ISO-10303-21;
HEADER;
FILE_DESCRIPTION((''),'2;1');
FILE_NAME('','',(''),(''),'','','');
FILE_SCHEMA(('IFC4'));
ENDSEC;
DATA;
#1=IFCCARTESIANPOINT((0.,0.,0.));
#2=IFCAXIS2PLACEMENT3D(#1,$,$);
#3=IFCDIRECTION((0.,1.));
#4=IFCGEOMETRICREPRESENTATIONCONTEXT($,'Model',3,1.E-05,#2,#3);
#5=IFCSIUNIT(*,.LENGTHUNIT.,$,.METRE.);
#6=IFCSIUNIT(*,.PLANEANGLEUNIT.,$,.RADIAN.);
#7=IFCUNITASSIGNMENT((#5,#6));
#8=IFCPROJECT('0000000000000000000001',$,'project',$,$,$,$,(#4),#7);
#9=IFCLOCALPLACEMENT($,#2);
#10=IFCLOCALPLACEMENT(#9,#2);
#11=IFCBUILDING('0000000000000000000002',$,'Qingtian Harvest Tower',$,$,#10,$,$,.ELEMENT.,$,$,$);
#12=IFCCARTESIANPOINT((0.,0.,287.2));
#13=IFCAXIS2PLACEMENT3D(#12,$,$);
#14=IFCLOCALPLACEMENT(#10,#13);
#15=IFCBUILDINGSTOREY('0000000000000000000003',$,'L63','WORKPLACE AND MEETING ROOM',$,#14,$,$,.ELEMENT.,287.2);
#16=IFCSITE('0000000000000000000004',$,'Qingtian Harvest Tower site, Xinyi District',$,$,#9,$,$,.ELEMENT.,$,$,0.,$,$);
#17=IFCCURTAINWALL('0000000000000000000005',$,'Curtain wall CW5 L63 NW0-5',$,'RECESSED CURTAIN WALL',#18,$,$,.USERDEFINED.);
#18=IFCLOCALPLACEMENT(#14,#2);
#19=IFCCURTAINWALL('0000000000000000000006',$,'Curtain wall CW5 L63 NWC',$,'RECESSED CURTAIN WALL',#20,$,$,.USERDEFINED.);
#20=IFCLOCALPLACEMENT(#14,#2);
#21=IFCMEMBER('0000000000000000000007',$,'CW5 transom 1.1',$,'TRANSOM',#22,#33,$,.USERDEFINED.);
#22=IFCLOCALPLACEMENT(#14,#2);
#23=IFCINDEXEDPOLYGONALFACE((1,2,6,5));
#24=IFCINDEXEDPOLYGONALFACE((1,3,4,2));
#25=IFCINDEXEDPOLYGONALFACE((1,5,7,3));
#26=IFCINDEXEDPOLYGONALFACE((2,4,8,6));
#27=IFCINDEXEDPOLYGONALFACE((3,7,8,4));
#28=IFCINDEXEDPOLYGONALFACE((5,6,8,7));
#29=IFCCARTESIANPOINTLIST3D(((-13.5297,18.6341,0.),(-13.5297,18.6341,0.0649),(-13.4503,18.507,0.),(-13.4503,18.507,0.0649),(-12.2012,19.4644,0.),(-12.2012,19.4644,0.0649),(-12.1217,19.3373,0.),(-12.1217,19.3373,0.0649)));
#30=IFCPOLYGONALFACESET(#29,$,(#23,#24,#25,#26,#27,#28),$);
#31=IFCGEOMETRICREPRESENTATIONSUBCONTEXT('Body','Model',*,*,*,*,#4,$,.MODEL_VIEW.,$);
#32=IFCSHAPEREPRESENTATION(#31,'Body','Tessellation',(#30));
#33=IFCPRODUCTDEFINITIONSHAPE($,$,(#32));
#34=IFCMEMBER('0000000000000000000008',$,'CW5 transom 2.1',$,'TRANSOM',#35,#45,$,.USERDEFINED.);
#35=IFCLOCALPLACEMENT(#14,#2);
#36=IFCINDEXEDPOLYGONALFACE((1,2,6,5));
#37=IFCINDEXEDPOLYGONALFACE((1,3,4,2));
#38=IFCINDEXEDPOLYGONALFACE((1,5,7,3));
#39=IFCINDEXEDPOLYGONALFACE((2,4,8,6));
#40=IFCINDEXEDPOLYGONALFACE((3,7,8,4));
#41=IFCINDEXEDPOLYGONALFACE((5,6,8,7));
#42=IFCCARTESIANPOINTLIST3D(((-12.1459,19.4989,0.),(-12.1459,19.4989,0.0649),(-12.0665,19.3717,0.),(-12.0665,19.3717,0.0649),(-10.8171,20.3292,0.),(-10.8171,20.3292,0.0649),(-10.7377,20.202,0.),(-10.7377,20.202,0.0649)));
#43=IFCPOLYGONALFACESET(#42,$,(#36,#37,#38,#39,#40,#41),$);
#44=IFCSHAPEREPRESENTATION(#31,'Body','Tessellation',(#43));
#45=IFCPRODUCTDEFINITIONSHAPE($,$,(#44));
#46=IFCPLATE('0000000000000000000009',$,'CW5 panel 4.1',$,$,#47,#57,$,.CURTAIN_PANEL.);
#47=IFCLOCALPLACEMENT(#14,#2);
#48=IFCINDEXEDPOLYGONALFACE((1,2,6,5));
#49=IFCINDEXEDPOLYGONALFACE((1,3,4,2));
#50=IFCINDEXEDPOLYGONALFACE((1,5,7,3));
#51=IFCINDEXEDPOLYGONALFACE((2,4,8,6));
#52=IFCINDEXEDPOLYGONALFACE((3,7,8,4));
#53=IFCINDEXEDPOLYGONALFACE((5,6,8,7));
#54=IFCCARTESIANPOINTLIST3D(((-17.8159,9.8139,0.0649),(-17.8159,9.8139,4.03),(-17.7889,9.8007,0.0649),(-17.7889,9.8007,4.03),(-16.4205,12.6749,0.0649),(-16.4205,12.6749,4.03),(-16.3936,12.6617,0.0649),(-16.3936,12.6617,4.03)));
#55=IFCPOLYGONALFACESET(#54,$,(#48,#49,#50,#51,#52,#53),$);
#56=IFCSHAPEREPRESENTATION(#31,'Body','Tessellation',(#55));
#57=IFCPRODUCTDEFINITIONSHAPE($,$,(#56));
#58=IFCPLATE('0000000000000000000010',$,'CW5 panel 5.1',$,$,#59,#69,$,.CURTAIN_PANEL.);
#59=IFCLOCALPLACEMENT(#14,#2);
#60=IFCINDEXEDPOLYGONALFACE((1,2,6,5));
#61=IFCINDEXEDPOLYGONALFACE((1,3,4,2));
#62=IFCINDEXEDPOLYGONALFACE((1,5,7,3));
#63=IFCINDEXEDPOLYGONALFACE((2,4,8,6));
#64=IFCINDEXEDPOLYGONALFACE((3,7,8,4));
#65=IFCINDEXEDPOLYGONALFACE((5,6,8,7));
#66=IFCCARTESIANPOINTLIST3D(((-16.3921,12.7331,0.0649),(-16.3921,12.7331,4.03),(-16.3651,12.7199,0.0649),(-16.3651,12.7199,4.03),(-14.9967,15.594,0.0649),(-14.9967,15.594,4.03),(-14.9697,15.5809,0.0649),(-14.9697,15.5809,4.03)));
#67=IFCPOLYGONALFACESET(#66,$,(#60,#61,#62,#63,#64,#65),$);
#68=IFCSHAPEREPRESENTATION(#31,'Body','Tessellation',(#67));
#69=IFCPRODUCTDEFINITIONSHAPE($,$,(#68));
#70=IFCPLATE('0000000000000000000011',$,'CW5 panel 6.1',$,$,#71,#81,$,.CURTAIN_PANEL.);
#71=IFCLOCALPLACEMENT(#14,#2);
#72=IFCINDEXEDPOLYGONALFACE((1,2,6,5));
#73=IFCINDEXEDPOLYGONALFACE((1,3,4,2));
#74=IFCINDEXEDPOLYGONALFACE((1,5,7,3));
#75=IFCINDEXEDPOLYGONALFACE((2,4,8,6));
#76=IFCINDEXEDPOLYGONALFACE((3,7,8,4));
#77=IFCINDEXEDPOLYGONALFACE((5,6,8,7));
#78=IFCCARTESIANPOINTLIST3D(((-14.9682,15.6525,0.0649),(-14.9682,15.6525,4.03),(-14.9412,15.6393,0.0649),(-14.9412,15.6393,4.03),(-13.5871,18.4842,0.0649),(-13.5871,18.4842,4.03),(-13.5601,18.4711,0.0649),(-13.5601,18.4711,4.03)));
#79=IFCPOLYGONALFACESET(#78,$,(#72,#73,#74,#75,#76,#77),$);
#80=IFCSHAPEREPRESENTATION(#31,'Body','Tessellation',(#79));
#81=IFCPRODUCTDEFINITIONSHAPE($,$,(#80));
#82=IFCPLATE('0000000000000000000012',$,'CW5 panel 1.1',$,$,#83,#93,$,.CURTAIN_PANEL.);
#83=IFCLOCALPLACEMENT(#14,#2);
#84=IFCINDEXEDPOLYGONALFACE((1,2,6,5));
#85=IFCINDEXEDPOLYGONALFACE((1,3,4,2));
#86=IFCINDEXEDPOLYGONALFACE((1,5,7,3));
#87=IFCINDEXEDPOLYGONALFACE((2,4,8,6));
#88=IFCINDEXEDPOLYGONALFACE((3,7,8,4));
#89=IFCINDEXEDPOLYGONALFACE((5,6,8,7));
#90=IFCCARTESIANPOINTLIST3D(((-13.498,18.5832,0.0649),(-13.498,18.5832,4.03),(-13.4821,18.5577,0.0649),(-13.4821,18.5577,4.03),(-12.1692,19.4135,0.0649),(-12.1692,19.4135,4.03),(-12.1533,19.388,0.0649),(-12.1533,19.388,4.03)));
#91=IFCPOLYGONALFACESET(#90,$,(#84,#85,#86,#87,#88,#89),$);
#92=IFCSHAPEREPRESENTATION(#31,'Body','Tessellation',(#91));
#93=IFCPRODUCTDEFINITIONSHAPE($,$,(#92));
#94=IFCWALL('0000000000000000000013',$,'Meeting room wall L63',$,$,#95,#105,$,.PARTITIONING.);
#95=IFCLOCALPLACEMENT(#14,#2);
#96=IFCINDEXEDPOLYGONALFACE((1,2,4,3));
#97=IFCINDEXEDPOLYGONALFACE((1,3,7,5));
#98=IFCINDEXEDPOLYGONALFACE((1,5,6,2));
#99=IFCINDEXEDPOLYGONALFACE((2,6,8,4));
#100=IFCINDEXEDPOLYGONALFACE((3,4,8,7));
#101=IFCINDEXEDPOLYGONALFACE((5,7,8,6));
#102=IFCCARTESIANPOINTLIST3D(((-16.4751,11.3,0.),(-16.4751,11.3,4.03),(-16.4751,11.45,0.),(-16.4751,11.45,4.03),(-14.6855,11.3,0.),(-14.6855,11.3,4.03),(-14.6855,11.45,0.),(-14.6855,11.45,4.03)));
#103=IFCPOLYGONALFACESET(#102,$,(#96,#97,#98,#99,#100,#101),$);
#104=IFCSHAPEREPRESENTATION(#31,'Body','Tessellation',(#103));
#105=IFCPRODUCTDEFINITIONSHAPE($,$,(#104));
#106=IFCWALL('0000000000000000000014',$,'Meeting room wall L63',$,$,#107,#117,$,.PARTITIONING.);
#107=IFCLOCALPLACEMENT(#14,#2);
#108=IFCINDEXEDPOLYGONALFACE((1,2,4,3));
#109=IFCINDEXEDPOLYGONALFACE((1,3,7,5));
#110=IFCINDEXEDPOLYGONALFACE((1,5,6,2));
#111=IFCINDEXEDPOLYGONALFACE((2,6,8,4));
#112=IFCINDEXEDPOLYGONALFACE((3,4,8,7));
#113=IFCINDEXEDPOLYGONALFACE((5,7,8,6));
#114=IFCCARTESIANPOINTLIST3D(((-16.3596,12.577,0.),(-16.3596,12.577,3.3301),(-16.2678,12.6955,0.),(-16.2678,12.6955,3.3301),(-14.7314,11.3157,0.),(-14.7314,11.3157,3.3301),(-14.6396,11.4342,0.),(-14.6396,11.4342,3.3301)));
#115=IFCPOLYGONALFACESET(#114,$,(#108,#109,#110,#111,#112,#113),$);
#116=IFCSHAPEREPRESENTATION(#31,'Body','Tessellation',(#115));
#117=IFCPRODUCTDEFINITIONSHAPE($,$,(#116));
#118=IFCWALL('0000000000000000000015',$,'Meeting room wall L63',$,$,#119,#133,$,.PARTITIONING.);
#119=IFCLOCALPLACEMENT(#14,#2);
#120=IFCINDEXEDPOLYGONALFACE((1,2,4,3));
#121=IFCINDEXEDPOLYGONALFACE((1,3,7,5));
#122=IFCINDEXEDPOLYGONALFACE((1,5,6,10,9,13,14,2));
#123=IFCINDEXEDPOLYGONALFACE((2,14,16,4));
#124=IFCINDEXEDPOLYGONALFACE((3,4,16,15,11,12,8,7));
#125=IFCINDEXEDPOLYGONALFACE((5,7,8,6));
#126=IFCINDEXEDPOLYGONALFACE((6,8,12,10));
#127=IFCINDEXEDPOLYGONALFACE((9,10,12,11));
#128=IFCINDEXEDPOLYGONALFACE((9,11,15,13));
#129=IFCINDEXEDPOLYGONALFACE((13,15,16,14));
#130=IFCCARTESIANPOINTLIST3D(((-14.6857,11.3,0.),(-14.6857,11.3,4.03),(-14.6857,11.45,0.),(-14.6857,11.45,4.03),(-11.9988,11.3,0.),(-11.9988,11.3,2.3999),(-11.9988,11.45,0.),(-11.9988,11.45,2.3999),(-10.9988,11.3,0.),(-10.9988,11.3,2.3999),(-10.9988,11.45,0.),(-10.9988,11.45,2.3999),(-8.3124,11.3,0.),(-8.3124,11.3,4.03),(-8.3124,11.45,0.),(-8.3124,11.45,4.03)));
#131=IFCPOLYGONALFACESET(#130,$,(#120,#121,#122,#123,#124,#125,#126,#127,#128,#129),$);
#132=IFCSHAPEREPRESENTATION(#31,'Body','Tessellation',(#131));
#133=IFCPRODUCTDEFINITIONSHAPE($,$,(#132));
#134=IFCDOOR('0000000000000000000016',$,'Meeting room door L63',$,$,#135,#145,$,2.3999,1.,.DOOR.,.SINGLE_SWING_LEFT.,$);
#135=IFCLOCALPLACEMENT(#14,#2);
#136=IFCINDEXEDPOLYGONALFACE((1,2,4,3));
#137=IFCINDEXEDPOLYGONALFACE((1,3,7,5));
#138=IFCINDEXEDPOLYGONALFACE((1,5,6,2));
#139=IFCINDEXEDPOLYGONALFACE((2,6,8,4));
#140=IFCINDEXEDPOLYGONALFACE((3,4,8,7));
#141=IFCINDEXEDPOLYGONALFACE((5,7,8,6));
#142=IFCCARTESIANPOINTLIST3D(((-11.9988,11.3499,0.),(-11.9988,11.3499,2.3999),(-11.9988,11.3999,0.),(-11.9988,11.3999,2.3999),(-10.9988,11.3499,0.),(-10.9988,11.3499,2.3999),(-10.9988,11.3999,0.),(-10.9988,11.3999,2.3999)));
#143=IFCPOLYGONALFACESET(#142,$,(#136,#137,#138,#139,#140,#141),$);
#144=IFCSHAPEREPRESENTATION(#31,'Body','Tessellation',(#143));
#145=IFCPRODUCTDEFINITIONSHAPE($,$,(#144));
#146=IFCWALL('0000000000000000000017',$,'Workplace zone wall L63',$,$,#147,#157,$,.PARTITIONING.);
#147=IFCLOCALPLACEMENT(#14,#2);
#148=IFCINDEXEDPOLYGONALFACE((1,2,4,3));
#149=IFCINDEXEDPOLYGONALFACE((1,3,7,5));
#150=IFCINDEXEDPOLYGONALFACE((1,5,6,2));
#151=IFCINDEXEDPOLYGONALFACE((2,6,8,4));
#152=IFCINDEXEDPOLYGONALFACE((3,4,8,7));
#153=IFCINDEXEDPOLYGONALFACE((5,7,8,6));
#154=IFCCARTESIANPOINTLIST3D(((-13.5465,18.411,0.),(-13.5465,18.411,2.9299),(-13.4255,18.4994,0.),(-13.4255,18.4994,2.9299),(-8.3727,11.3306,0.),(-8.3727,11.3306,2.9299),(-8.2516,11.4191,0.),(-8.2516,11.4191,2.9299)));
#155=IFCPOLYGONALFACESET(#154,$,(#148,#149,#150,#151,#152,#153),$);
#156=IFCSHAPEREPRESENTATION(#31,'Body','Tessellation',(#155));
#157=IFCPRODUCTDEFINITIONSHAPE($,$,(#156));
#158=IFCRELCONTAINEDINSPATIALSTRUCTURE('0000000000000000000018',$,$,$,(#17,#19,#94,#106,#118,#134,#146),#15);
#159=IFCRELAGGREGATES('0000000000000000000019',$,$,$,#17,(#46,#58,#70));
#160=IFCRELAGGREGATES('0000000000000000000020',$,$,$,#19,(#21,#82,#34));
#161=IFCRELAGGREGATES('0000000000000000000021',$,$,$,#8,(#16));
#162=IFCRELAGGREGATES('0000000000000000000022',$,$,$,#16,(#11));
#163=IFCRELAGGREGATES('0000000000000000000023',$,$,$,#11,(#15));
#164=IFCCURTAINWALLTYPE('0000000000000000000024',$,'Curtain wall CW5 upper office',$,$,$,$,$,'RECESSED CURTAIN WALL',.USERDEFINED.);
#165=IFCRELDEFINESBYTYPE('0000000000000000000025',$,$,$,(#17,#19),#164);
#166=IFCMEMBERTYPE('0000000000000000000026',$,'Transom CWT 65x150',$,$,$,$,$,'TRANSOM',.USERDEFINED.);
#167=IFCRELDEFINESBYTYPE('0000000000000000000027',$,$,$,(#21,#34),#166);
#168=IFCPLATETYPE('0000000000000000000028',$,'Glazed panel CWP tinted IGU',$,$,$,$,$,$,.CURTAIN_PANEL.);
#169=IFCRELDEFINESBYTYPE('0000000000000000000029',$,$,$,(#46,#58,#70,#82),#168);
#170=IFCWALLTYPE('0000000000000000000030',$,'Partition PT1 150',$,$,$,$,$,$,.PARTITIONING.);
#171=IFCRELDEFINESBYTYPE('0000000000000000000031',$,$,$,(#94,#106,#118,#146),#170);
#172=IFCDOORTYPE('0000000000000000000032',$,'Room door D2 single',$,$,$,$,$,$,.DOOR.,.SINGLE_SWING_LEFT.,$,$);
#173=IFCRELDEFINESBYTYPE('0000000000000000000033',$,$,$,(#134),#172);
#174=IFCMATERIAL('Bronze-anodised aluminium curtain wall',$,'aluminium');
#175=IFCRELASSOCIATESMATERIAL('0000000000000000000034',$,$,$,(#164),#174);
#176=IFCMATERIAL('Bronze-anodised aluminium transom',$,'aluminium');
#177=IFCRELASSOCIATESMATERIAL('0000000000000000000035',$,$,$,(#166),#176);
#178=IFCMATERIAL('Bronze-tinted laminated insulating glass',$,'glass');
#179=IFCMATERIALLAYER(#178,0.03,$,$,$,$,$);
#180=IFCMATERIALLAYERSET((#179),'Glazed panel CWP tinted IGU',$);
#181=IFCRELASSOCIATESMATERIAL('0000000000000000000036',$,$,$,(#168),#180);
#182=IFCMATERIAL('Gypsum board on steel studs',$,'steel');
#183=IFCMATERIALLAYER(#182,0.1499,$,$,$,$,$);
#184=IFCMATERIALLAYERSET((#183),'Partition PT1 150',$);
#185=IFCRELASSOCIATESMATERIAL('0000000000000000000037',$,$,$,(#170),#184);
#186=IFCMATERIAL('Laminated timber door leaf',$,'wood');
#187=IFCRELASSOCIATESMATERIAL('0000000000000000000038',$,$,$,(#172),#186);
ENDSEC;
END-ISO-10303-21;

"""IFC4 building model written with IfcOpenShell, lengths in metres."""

from ifc_helpers import new_model, si_unit, direction, frame, frame_2d, origin, origin_2d, place, context, subcontext, project, spatial, rectangle, extrude, material, layer, layer_set, material_profile, profile_set, type_object, element, fill, aggregate, save


model = new_model("IFC4")

# Units and contexts
model_context = context("Model", 3, precision=1e-05, world=origin(), true_north=direction((0.0, 1.0)))
body_context = subcontext(model_context, "Body", "Model", "MODEL_VIEW")
ifc_project = project(units=[si_unit("LENGTHUNIT", "METRE"), si_unit("PLANEANGLEUNIT", "RADIAN")], contexts=[model_context])

# Site, building, storey
site_placement = place(None, origin())
site = spatial("IfcSite", under=ifc_project, at=site_placement, Name="Qingtian Harvest Tower site, Xinyi District", CompositionType="ELEMENT", RefElevation=0.0)
building_placement = place(site_placement, origin())
building = spatial("IfcBuilding", under=site, at=building_placement, Name="Qingtian Harvest Tower", CompositionType="ELEMENT")
storey_placement = place(building_placement, frame((0.0, 0.0, 287.2)))
storey = spatial("IfcBuildingStorey", under=building, at=storey_placement, Name="L63", Description="WORKPLACE AND MEETING ROOM", CompositionType="ELEMENT", Elevation=287.2)

# Curtain walls
ifc_material_1 = material(Name="Bronze-anodised aluminium curtain wall", Category="aluminium")
curtain_wall_type = type_object("IfcCurtainWallType", Name="Curtain wall CW5 upper office", ElementType="RECESSED CURTAIN WALL", PredefinedType="USERDEFINED", material=ifc_material_1)
curtain_wall_1_placement = place(storey_placement, origin())
curtain_wall_1 = element("IfcCurtainWall", 1, at=curtain_wall_1_placement, inside=storey, type_object=curtain_wall_type, Name="Curtain wall CW5 L63 NW0-5", ObjectType="RECESSED CURTAIN WALL", PredefinedType="USERDEFINED")
curtain_wall_2_placement = place(storey_placement, origin())
curtain_wall_2 = element("IfcCurtainWall", 2, at=curtain_wall_2_placement, inside=storey, type_object=curtain_wall_type, Name="Curtain wall CW5 L63 NWC", ObjectType="RECESSED CURTAIN WALL", PredefinedType="USERDEFINED")

# Members
ifc_material_2 = material(Name="Bronze-anodised aluminium transom", Category="aluminium")
ifc_material_profile_1 = material_profile(ifc_material_2, rectangle(XDim=0.1499, YDim=0.0649, at=origin_2d()), Name="AL 65x150")
ifc_profile_set_1 = profile_set([ifc_material_profile_1], Name="Bronze-anodised aluminium transom")
member_type_1 = type_object("IfcMemberType", Name="Transom CWT 65x150", ElementType="TRANSOM", PredefinedType="USERDEFINED", material=ifc_profile_set_1)
member_1_placement = place(storey_placement, frame((-13.49, 18.5706, 0.0325), z_axis=(0.848016, 0.529971, 0.0), x_axis=(-0.529971, 0.848016, 0.0)))
member_1 = element("IfcMember", 3, at=member_1_placement, type_object=member_type_1, Name="CW5 transom 1.1", ObjectType="TRANSOM", PredefinedType="USERDEFINED", context=body_context, shape_type="SweptSolid", body=[
    extrude(rectangle(XDim=0.1499, YDim=0.0649, at=origin_2d()), origin(), (0.0, 0.0, 1.0), 1.5667),
])
member_2_placement = place(storey_placement, frame((-12.1062, 19.4353, 0.0325), z_axis=(0.84806, 0.529901, 0.0), x_axis=(-0.529901, 0.84806, 0.0)))
member_2 = element("IfcMember", 4, at=member_2_placement, type_object=member_type_1, Name="CW5 transom 2.1", ObjectType="TRANSOM", PredefinedType="USERDEFINED", context=body_context, shape_type="SweptSolid", body=[
    extrude(rectangle(XDim=0.1499, YDim=0.0649, at=origin_2d()), origin(), (0.0, 0.0, 1.0), 1.5669),
])

# Plates
ifc_material_3 = material(Name="Bronze-tinted laminated insulating glass", Category="glass")
ifc_layer_1 = layer(ifc_material_3, 0.03)
ifc_layer_set_1 = layer_set([ifc_layer_1], Name="Glazed panel CWP tinted IGU")
plate_type = type_object("IfcPlateType", Name="Glazed panel CWP tinted IGU", PredefinedType="CURTAIN_PANEL", material=ifc_layer_set_1)
plate_1_placement = place(storey_placement, frame((-17.1047, 11.2378, 0.0649), z_axis=(0.0, 0.0, 1.0), x_axis=(0.438371, 0.898794, 0.0)))
plate_1 = element("IfcPlate", 5, at=plate_1_placement, type_object=plate_type, Name="CW5 panel 4.1", PredefinedType="CURTAIN_PANEL", context=body_context, shape_type="SweptSolid", body=[
    extrude(rectangle(XDim=3.1831, YDim=0.03, at=origin_2d()), origin(), (0.0, 0.0, 1.0), 3.9651),
])
plate_2_placement = place(storey_placement, frame((-15.6809, 14.157, 0.0649), z_axis=(0.0, 0.0, 1.0), x_axis=(0.438371, 0.898794, 0.0)))
plate_2 = element("IfcPlate", 6, at=plate_2_placement, type_object=plate_type, Name="CW5 panel 5.1", PredefinedType="CURTAIN_PANEL", context=body_context, shape_type="SweptSolid", body=[
    extrude(rectangle(XDim=3.1831, YDim=0.03, at=origin_2d()), origin(), (0.0, 0.0, 1.0), 3.9651),
])
plate_3_placement = place(storey_placement, frame((-14.2642, 17.0618, 0.0649), z_axis=(0.0, 0.0, 1.0), x_axis=(0.438371, 0.898794, 0.0)))
plate_3 = element("IfcPlate", 7, at=plate_3_placement, type_object=plate_type, Name="CW5 panel 6.1", PredefinedType="CURTAIN_PANEL", context=body_context, shape_type="SweptSolid", body=[
    extrude(rectangle(XDim=3.1506, YDim=0.03, at=origin_2d()), origin(), (0.0, 0.0, 1.0), 3.9651),
])
aggregate(curtain_wall_1, [plate_1, plate_2, plate_3])
plate_4_placement = place(storey_placement, frame((-12.8257, 18.9856, 0.0649), z_axis=(0.0, 0.0, 1.0), x_axis=(0.848048, 0.529919, 0.0)))
plate_4 = element("IfcPlate", 8, at=plate_4_placement, type_object=plate_type, Name="CW5 panel 1.1", PredefinedType="CURTAIN_PANEL", context=body_context, shape_type="SweptSolid", body=[
    extrude(rectangle(XDim=1.5669, YDim=0.03, at=origin_2d()), origin(), (0.0, 0.0, 1.0), 3.9651),
])
aggregate(curtain_wall_2, [member_1, plate_4, member_2])

# Walls
ifc_material_4 = material(Name="Gypsum board on steel studs", Category="steel")
ifc_layer_2 = layer(ifc_material_4, 0.1499)
ifc_layer_set_2 = layer_set([ifc_layer_2], Name="Partition PT1 150")
wall_type = type_object("IfcWallType", Name="Partition PT1 150", PredefinedType="PARTITIONING", material=ifc_layer_set_2)
wall_1_placement = place(storey_placement, frame((-16.4751, 11.375, 0.0), z_axis=(0.0, 0.0, 1.0), x_axis=(1.0, 0.0, 0.0)))
element("IfcWall", 9, at=wall_1_placement, inside=storey, type_object=wall_type, Name="Meeting room wall L63", PredefinedType="PARTITIONING", context=body_context, shape_type="SweptSolid", body=[
    extrude(rectangle(XDim=1.7896, YDim=0.1499, at=frame_2d((0.8948, 0.0))), origin(), (0.0, 0.0, 1.0), 4.03),
])
wall_2_placement = place(storey_placement, frame((-16.3137, 12.6362, 0.0), z_axis=(0.0, 0.0, 1.0), x_axis=(0.790557, -0.612388, 0.0)))
element("IfcWall", 10, at=wall_2_placement, inside=storey, type_object=wall_type, Name="Meeting room wall L63", PredefinedType="PARTITIONING", context=body_context, shape_type="SweptSolid", body=[
    extrude(rectangle(XDim=2.0596, YDim=0.1499, at=frame_2d((1.0298, 0.0))), origin(), (0.0, 0.0, 1.0), 3.3301),
])

# Wall, opening, door
wall_3_placement = place(storey_placement, frame((-14.6855, 11.375, 0.0), z_axis=(0.0, 0.0, 1.0), x_axis=(1.0, 0.0, 0.0)))
wall_3 = element("IfcWall", 11, at=wall_3_placement, inside=storey, type_object=wall_type, Name="Meeting room wall L63", PredefinedType="PARTITIONING", context=body_context, shape_type="SweptSolid", body=[
    extrude(rectangle(XDim=6.3733, YDim=0.1499, at=frame_2d((3.1865, 0.0))), origin(), (0.0, 0.0, 1.0), 4.03),
])
opening_placement = place(wall_3_placement, frame((2.6868, 0.0, 0.0)))
opening = element("IfcOpeningElement", 12, at=opening_placement, cuts=wall_3, PredefinedType="OPENING", context=body_context, shape_type="SweptSolid", body=[
    extrude(rectangle(XDim=1.0, YDim=2.3999, at=frame_2d((0.5, 1.2))), frame((0.0, 0.085, 0.0), z_axis=(0.0, -1.0, 0.0), x_axis=(1.0, 0.0, 0.0)), (0.0, 0.0, 1.0), 0.1699),
])
ifc_material_5 = material(Name="Laminated timber door leaf", Category="wood")
door_type = type_object("IfcDoorType", Name="Room door D2 single", OperationType="SINGLE_SWING_LEFT", PredefinedType="DOOR", material=ifc_material_5)
door_placement = place(opening_placement, origin())
door = element("IfcDoor", 13, at=door_placement, inside=storey, type_object=door_type, Name="Meeting room door L63", OperationType="SINGLE_SWING_LEFT", OverallHeight=2.3999, OverallWidth=1.0, PredefinedType="DOOR", context=body_context, shape_type="SweptSolid", body=[
    extrude(rectangle(XDim=1.0, YDim=2.3999, at=frame_2d((0.5, 1.2))), frame((0.0, 0.0249, 0.0), z_axis=(0.0, -1.0, 0.0), x_axis=(1.0, 0.0, 0.0)), (0.0, 0.0, 1.0), 0.05),
])
fill(opening, door)

# Wall
wall_4_placement = place(storey_placement, frame((-13.4861, 18.4553, 0.0), z_axis=(0.0, 0.0, 1.0), x_axis=(0.589998, -0.807405, 0.0)))
element("IfcWall", 14, at=wall_4_placement, inside=storey, type_object=wall_type, Name="Workplace zone wall L63", PredefinedType="PARTITIONING", context=body_context, shape_type="SweptSolid", body=[
    extrude(rectangle(XDim=8.7693, YDim=0.1499, at=frame_2d((4.3848, 0.0))), origin(), (0.0, 0.0, 1.0), 2.9299),
])

save(model, "model.ifc")
